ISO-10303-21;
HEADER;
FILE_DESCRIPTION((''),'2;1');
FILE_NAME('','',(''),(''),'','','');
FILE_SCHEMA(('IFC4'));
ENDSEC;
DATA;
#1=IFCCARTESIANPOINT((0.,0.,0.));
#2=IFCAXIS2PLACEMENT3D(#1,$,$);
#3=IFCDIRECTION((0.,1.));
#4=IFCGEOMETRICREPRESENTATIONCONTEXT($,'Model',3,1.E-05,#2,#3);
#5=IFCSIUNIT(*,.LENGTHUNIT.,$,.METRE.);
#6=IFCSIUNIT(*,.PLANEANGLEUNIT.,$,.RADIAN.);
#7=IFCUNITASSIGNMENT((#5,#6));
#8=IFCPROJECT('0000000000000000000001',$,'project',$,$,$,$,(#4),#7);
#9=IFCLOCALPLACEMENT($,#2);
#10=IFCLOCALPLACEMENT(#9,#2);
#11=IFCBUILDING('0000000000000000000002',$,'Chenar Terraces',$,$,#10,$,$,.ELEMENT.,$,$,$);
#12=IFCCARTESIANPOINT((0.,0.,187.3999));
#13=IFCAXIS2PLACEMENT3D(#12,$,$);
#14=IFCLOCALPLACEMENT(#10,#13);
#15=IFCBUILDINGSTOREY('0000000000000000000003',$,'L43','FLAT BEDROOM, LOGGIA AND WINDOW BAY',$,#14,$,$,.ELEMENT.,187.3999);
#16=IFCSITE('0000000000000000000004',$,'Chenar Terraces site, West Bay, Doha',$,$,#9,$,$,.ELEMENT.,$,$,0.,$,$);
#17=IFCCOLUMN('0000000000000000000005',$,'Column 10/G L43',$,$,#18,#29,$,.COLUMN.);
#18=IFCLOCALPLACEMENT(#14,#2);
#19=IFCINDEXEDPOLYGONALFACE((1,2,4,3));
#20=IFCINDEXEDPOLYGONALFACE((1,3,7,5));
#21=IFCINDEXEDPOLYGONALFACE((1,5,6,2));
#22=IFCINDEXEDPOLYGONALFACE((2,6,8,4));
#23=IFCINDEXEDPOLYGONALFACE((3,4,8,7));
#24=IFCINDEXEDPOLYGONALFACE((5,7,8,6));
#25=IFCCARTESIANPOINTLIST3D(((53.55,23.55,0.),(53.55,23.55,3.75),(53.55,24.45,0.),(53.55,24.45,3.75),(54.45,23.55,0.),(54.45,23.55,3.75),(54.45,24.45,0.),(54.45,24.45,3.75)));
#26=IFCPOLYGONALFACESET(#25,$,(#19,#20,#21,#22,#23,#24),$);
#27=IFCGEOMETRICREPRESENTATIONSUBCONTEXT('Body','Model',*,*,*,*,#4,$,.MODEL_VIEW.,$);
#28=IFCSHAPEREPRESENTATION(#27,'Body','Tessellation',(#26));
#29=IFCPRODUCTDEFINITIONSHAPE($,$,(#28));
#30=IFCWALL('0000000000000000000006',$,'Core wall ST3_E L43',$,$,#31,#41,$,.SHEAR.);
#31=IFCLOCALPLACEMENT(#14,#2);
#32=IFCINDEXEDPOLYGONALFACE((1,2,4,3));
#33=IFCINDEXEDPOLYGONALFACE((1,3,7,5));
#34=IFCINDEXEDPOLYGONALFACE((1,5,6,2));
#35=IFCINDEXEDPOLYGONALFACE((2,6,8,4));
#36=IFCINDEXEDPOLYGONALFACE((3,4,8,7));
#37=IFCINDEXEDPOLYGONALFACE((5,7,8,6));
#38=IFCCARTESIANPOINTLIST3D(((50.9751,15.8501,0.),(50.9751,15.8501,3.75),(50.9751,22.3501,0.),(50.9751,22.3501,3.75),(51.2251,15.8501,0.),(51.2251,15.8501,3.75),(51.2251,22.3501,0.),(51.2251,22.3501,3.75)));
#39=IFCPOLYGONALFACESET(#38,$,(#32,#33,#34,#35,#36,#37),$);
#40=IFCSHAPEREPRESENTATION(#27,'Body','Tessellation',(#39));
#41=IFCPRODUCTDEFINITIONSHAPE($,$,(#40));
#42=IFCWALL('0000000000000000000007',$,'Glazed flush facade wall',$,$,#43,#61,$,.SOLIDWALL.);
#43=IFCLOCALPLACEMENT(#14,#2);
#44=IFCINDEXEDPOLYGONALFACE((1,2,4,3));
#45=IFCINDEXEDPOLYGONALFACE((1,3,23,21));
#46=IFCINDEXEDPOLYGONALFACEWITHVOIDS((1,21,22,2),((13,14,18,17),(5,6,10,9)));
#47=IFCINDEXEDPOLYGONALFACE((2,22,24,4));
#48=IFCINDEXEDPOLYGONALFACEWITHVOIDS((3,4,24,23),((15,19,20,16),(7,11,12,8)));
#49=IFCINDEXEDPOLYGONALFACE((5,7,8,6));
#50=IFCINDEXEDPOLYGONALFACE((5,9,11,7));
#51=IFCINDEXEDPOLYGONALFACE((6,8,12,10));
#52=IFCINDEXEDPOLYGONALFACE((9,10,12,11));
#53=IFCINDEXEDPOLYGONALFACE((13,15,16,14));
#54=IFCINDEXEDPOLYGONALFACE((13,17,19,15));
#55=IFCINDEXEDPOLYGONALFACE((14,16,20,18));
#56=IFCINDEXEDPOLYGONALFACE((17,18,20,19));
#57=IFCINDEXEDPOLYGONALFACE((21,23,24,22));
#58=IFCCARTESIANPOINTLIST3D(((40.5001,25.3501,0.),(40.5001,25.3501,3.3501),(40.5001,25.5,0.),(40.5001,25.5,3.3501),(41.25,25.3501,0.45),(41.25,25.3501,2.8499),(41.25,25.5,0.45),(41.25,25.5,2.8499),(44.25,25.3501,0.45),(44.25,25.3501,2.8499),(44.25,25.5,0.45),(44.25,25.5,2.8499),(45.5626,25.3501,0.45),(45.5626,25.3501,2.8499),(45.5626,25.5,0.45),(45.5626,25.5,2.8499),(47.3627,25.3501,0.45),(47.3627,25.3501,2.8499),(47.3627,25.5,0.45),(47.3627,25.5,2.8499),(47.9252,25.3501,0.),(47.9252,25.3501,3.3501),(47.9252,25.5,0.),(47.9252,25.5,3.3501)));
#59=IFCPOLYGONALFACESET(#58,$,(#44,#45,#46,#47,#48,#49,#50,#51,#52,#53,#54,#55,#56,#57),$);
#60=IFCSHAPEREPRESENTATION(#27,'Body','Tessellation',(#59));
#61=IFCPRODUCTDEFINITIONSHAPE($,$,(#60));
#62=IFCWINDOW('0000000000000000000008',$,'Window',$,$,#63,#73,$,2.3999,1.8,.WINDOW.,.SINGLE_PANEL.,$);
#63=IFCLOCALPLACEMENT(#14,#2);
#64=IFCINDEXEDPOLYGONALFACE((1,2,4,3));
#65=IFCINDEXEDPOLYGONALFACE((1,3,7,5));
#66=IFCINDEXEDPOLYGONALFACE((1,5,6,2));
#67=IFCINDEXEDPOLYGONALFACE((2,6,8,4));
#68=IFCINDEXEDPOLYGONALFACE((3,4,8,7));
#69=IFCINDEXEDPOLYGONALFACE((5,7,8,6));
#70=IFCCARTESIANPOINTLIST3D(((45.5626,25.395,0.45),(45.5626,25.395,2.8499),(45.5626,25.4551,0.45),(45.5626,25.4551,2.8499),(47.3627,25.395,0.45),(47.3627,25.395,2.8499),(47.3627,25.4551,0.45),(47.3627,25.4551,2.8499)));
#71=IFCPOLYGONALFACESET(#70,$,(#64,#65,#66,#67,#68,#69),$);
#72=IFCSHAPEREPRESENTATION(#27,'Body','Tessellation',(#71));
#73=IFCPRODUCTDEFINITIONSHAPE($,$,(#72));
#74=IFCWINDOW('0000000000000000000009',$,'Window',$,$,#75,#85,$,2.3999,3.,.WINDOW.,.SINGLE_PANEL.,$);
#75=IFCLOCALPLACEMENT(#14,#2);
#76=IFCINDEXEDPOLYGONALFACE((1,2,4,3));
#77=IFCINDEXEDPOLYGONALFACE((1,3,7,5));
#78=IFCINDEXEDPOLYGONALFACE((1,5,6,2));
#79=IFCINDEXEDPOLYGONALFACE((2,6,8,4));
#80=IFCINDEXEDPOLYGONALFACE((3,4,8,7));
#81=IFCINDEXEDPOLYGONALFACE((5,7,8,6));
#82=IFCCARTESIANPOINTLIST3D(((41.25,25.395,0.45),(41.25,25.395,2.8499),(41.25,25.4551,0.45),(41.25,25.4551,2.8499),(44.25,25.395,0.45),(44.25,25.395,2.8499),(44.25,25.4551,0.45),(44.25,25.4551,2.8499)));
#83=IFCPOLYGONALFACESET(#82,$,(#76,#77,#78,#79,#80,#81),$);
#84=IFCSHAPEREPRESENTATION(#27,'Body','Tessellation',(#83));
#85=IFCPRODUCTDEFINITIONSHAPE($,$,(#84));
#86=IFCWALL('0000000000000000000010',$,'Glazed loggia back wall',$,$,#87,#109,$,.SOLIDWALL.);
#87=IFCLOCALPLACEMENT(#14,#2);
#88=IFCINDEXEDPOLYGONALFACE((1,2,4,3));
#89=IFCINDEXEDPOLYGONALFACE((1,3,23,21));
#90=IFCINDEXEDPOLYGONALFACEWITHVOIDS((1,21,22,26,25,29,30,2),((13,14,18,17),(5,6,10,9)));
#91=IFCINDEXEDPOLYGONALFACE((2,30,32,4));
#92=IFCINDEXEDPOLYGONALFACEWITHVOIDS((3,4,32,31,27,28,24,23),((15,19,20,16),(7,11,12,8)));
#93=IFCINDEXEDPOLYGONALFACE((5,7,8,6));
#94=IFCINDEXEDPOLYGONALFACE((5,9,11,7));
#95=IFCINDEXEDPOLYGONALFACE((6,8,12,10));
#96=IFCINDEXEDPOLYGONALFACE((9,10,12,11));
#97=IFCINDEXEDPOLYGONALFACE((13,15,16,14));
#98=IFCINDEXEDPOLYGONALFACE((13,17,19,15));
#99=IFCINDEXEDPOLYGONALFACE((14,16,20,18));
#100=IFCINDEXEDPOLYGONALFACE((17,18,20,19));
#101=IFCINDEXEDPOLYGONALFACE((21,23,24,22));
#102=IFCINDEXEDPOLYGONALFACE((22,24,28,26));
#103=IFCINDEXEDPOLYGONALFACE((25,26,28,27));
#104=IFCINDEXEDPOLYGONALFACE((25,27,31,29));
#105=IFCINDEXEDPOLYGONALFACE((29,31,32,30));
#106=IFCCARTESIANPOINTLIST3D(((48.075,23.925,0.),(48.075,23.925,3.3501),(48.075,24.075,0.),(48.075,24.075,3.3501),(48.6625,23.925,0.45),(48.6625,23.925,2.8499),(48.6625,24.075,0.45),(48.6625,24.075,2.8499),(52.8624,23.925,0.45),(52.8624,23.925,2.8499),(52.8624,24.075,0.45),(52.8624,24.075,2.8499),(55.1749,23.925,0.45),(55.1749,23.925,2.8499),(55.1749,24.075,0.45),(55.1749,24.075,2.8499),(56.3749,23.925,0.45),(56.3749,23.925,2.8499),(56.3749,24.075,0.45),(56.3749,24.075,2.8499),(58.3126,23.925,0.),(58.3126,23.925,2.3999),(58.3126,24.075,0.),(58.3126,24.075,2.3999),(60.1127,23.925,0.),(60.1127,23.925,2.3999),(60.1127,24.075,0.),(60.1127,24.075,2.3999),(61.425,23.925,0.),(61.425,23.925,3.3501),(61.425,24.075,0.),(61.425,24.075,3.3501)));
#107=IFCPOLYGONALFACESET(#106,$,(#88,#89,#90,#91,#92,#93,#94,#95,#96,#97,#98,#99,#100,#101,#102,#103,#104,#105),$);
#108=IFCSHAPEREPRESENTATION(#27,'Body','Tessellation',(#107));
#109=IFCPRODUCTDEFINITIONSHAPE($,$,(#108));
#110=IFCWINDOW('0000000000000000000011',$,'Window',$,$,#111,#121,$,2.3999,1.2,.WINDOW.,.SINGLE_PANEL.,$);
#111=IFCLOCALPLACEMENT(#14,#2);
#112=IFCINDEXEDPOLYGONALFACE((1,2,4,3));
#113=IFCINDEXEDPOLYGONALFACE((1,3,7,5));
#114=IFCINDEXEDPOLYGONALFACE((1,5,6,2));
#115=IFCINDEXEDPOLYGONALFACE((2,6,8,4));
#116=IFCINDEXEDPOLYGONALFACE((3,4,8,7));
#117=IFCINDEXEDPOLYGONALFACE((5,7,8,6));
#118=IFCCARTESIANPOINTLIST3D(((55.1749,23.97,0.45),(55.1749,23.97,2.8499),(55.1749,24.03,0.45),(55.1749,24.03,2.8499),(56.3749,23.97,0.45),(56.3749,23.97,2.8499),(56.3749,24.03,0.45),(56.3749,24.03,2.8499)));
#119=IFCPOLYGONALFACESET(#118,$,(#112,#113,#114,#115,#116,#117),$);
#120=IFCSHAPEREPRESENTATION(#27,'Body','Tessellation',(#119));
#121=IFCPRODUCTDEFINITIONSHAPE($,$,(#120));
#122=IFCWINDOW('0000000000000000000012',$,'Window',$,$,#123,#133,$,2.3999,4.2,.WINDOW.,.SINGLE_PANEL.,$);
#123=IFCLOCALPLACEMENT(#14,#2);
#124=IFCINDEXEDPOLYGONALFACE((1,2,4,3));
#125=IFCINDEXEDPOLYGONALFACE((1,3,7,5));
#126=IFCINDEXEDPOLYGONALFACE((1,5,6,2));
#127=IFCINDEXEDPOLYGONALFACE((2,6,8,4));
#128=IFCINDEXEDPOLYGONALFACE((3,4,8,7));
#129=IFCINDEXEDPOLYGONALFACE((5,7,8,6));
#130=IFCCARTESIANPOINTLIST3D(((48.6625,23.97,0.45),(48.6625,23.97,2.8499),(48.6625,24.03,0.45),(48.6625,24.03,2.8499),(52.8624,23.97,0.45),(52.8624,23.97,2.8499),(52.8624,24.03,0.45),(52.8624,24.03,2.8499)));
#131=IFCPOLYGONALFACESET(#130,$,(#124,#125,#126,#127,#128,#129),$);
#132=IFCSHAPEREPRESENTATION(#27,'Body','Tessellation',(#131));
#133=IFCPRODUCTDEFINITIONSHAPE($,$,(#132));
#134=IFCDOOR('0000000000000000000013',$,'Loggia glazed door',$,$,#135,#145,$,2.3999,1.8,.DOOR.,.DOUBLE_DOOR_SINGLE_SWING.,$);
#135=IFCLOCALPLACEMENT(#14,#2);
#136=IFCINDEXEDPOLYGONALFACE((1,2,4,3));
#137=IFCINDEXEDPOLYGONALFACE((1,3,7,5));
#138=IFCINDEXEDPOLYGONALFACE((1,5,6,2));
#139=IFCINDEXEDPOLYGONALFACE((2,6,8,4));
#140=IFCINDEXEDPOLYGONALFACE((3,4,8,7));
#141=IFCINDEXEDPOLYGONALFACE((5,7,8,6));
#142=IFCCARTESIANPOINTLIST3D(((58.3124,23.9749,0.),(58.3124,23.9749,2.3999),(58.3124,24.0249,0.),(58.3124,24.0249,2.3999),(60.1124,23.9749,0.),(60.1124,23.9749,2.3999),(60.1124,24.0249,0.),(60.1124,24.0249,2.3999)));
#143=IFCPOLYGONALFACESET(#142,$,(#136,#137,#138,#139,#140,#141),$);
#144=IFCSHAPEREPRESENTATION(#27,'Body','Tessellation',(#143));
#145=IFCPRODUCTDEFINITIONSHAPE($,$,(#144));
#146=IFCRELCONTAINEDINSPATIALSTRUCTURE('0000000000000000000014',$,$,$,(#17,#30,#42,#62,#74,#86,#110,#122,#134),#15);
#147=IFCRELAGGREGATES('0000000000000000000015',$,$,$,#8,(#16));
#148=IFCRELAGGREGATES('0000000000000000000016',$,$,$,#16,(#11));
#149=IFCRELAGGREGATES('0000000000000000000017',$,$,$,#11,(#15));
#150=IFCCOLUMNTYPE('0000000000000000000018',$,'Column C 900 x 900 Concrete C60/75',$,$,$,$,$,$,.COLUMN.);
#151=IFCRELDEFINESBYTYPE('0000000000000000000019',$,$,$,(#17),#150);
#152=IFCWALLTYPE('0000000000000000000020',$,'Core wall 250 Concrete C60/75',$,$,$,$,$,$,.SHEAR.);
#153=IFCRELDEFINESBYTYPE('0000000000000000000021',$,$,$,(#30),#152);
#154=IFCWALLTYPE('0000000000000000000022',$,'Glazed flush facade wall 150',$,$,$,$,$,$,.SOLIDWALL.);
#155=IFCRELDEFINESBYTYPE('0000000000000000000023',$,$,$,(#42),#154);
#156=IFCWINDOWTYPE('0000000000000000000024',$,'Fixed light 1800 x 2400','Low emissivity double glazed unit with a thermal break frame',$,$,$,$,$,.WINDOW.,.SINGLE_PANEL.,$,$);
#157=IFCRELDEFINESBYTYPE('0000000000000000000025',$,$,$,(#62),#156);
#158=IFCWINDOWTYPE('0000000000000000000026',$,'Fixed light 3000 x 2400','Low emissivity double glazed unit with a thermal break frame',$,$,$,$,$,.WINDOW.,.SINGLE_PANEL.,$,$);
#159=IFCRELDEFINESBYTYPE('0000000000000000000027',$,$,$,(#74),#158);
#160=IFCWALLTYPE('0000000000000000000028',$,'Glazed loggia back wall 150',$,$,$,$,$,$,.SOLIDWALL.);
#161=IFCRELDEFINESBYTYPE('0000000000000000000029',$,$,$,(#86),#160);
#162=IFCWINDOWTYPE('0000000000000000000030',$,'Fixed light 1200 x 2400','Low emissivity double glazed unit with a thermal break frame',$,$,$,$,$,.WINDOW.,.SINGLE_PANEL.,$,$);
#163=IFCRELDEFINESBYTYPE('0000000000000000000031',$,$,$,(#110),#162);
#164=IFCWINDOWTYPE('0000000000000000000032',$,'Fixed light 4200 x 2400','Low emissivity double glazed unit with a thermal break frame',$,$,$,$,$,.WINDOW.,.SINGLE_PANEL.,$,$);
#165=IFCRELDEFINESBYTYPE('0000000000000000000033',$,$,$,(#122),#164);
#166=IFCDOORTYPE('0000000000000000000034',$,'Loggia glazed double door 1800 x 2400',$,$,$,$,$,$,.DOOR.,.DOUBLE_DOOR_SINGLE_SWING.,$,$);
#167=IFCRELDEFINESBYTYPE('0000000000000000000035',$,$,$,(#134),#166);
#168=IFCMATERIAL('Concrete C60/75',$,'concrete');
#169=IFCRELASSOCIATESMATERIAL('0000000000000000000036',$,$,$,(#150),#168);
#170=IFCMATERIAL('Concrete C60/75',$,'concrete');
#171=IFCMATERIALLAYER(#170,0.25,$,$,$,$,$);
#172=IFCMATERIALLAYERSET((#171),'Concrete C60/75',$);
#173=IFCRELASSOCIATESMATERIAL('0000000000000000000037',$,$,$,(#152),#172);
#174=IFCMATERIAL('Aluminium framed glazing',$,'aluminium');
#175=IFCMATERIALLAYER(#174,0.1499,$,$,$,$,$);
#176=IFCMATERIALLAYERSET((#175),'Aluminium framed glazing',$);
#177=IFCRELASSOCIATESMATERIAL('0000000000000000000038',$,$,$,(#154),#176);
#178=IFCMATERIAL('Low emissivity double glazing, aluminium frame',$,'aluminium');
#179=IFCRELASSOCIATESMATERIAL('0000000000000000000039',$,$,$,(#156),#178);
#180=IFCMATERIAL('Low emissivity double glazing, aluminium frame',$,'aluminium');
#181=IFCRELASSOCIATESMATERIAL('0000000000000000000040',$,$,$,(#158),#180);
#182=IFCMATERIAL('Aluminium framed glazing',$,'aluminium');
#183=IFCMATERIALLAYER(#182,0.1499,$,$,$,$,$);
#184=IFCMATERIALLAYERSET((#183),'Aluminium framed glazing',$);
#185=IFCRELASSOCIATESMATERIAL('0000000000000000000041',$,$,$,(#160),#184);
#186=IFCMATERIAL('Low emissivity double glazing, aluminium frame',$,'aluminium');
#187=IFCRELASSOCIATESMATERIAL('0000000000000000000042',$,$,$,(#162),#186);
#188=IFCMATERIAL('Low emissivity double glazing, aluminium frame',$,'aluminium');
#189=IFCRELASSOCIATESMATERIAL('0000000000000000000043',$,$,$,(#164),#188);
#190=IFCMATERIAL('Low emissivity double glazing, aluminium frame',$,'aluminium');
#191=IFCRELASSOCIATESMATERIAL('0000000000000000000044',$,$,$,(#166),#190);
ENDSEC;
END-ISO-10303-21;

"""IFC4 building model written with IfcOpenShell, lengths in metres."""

from ifc_helpers import new_model, si_unit, direction, frame, frame_2d, origin, origin_2d, place, context, subcontext, project, spatial, rectangle, extrude, material, layer, layer_set, material_profile, profile_set, type_object, element, fill, save


model = new_model("IFC4")

# Units and contexts
model_context = context("Model", 3, precision=1e-05, world=origin(), true_north=direction((0.0, 1.0)))
body_context = subcontext(model_context, "Body", "Model", "MODEL_VIEW")
ifc_project = project(units=[si_unit("LENGTHUNIT", "METRE"), si_unit("PLANEANGLEUNIT", "RADIAN")], contexts=[model_context])

# Site, building, storey
site_placement = place(None, origin())
site = spatial("IfcSite", under=ifc_project, at=site_placement, Name="Chenar Terraces site, West Bay, Doha", CompositionType="ELEMENT", RefElevation=0.0)
building_placement = place(site_placement, origin())
building = spatial("IfcBuilding", under=site, at=building_placement, Name="Chenar Terraces", CompositionType="ELEMENT")
storey_placement = place(building_placement, frame((0.0, 0.0, 187.3999)))
storey = spatial("IfcBuildingStorey", under=building, at=storey_placement, Name="L43", Description="FLAT BEDROOM, LOGGIA AND WINDOW BAY", CompositionType="ELEMENT", Elevation=187.3999)

# Column
ifc_material_1 = material(Name="Concrete C60/75", Category="concrete")
ifc_material_profile_1 = material_profile(ifc_material_1, rectangle(XDim=0.8999, YDim=0.8999, at=origin_2d()), Name="C 900 x 900")
ifc_profile_set_1 = profile_set([ifc_material_profile_1], Name="Concrete C60/75")
column_type = type_object("IfcColumnType", Name="Column C 900 x 900 Concrete C60/75", PredefinedType="COLUMN", material=ifc_profile_set_1)
column_placement = place(storey_placement, frame((54.0, 24.0, 0.0), z_axis=(0.0, 0.0, 1.0), x_axis=(1.0, 0.0, 0.0)))
element("IfcColumn", 1, at=column_placement, inside=storey, type_object=column_type, Name="Column 10/G L43", PredefinedType="COLUMN", context=body_context, shape_type="SweptSolid", body=[
    extrude(rectangle(XDim=0.8999, YDim=0.8999, at=origin_2d()), origin(), (0.0, 0.0, 1.0), 3.75),
])

# Wall
ifc_material_2 = material(Name="Concrete C60/75", Category="concrete")
ifc_layer_1 = layer(ifc_material_2, 0.25)
ifc_layer_set_1 = layer_set([ifc_layer_1], Name="Concrete C60/75")
wall_type_1 = type_object("IfcWallType", Name="Core wall 250 Concrete C60/75", PredefinedType="SHEAR", material=ifc_layer_set_1)
wall_1_placement = place(storey_placement, frame((51.1001, 15.8501, 0.0), z_axis=(0.0, 0.0, 1.0), x_axis=(0.0, 1.0, 0.0)))
element("IfcWall", 2, at=wall_1_placement, inside=storey, type_object=wall_type_1, Name="Core wall ST3_E L43", PredefinedType="SHEAR", context=body_context, shape_type="SweptSolid", body=[
    extrude(rectangle(XDim=6.5, YDim=0.25, at=frame_2d((3.25, 0.0))), origin(), (0.0, 0.0, 1.0), 3.75),
])

# Wall, openings, windows
ifc_material_3 = material(Name="Aluminium framed glazing", Category="aluminium")
ifc_layer_2 = layer(ifc_material_3, 0.1499)
ifc_layer_set_2 = layer_set([ifc_layer_2], Name="Aluminium framed glazing")
wall_type_2 = type_object("IfcWallType", Name="Glazed flush facade wall 150", PredefinedType="SOLIDWALL", material=ifc_layer_set_2)
wall_2_placement = place(storey_placement, frame((47.925, 25.425, 0.0), z_axis=(0.0, 0.0, 1.0), x_axis=(-1.0, 0.0, 0.0)))
wall_2 = element("IfcWall", 3, at=wall_2_placement, inside=storey, type_object=wall_type_2, Name="Glazed flush facade wall", PredefinedType="SOLIDWALL", context=body_context, shape_type="SweptSolid", body=[
    extrude(rectangle(XDim=7.425, YDim=0.1499, at=frame_2d((3.7124, 0.0))), origin(), (0.0, 0.0, 1.0), 3.3501),
])
opening_1_placement = place(wall_2_placement, frame((0.5625, 0.0, 0.45)))
opening_1 = element("IfcOpeningElement", 4, at=opening_1_placement, cuts=wall_2, PredefinedType="OPENING", context=body_context, shape_type="SweptSolid", body=[
    extrude(rectangle(XDim=1.8, YDim=2.3999, at=frame_2d((0.8999, 1.2))), frame((0.0, 0.085, 0.0), z_axis=(0.0, -1.0, 0.0), x_axis=(1.0, 0.0, 0.0)), (0.0, 0.0, 1.0), 0.1699),
])
opening_2_placement = place(wall_2_placement, frame((3.675, 0.0, 0.45)))
opening_2 = element("IfcOpeningElement", 5, at=opening_2_placement, cuts=wall_2, PredefinedType="OPENING", context=body_context, shape_type="SweptSolid", body=[
    extrude(rectangle(XDim=3.0, YDim=2.3999, at=frame_2d((1.5, 1.2))), frame((0.0, 0.085, 0.0), z_axis=(0.0, -1.0, 0.0), x_axis=(1.0, 0.0, 0.0)), (0.0, 0.0, 1.0), 0.1699),
])
ifc_material_4 = material(Name="Low emissivity double glazing, aluminium frame", Category="aluminium")
window_type_1 = type_object("IfcWindowType", Name="Fixed light 1800 x 2400", Description="Low emissivity double glazed unit with a thermal break frame", PartitioningType="SINGLE_PANEL", PredefinedType="WINDOW", material=ifc_material_4)
window_1_placement = place(opening_1_placement, origin())
window_1 = element("IfcWindow", 6, at=window_1_placement, inside=storey, type_object=window_type_1, Name="Window", OverallHeight=2.3999, OverallWidth=1.8, PartitioningType="SINGLE_PANEL", PredefinedType="WINDOW", context=body_context, shape_type="SweptSolid", body=[
    extrude(rectangle(XDim=1.8, YDim=2.3999, at=frame_2d((0.8999, 1.2))), frame((0.0, 0.03, 0.0), z_axis=(0.0, -1.0, 0.0), x_axis=(1.0, 0.0, 0.0)), (0.0, 0.0, 1.0), 0.0601),
])
fill(opening_1, window_1)
ifc_material_5 = material(Name="Low emissivity double glazing, aluminium frame", Category="aluminium")
window_type_2 = type_object("IfcWindowType", Name="Fixed light 3000 x 2400", Description="Low emissivity double glazed unit with a thermal break frame", PartitioningType="SINGLE_PANEL", PredefinedType="WINDOW", material=ifc_material_5)
window_2_placement = place(opening_2_placement, origin())
window_2 = element("IfcWindow", 7, at=window_2_placement, inside=storey, type_object=window_type_2, Name="Window", OverallHeight=2.3999, OverallWidth=3.0, PartitioningType="SINGLE_PANEL", PredefinedType="WINDOW", context=body_context, shape_type="SweptSolid", body=[
    extrude(rectangle(XDim=3.0, YDim=2.3999, at=frame_2d((1.5, 1.2))), frame((0.0, 0.03, 0.0), z_axis=(0.0, -1.0, 0.0), x_axis=(1.0, 0.0, 0.0)), (0.0, 0.0, 1.0), 0.0601),
])
fill(opening_2, window_2)

# Wall, openings, windows, door
ifc_material_6 = material(Name="Aluminium framed glazing", Category="aluminium")
ifc_layer_3 = layer(ifc_material_6, 0.1499)
ifc_layer_set_3 = layer_set([ifc_layer_3], Name="Aluminium framed glazing")
wall_type_3 = type_object("IfcWallType", Name="Glazed loggia back wall 150", PredefinedType="SOLIDWALL", material=ifc_layer_set_3)
wall_3_placement = place(storey_placement, frame((61.425, 24.0, 0.0), z_axis=(0.0, 0.0, 1.0), x_axis=(-1.0, 0.0, 0.0)))
wall_3 = element("IfcWall", 8, at=wall_3_placement, inside=storey, type_object=wall_type_3, Name="Glazed loggia back wall", PredefinedType="SOLIDWALL", context=body_context, shape_type="SweptSolid", body=[
    extrude(rectangle(XDim=13.3501, YDim=0.1499, at=frame_2d((6.675, 0.0))), origin(), (0.0, 0.0, 1.0), 3.3501),
])
opening_3_placement = place(wall_3_placement, frame((1.3125, 0.0, 0.0)))
opening_3 = element("IfcOpeningElement", 9, at=opening_3_placement, cuts=wall_3, PredefinedType="OPENING", context=body_context, shape_type="SweptSolid", body=[
    extrude(rectangle(XDim=1.8, YDim=2.3999, at=frame_2d((0.8999, 1.2))), frame((0.0, 0.085, 0.0), z_axis=(0.0, -1.0, 0.0), x_axis=(1.0, 0.0, 0.0)), (0.0, 0.0, 1.0), 0.1699),
])
opening_4_placement = place(wall_3_placement, frame((5.05, 0.0, 0.45)))
opening_4 = element("IfcOpeningElement", 10, at=opening_4_placement, cuts=wall_3, PredefinedType="OPENING", context=body_context, shape_type="SweptSolid", body=[
    extrude(rectangle(XDim=1.2, YDim=2.3999, at=frame_2d((0.6001, 1.2))), frame((0.0, 0.085, 0.0), z_axis=(0.0, -1.0, 0.0), x_axis=(1.0, 0.0, 0.0)), (0.0, 0.0, 1.0), 0.1699),
])
opening_5_placement = place(wall_3_placement, frame((8.5625, 0.0, 0.45)))
opening_5 = element("IfcOpeningElement", 11, at=opening_5_placement, cuts=wall_3, PredefinedType="OPENING", context=body_context, shape_type="SweptSolid", body=[
    extrude(rectangle(XDim=4.2, YDim=2.3999, at=frame_2d((2.1001, 1.2))), frame((0.0, 0.085, 0.0), z_axis=(0.0, -1.0, 0.0), x_axis=(1.0, 0.0, 0.0)), (0.0, 0.0, 1.0), 0.1699),
])
ifc_material_7 = material(Name="Low emissivity double glazing, aluminium frame", Category="aluminium")
window_type_3 = type_object("IfcWindowType", Name="Fixed light 1200 x 2400", Description="Low emissivity double glazed unit with a thermal break frame", PartitioningType="SINGLE_PANEL", PredefinedType="WINDOW", material=ifc_material_7)
window_3_placement = place(opening_4_placement, origin())
window_3 = element("IfcWindow", 12, at=window_3_placement, inside=storey, type_object=window_type_3, Name="Window", OverallHeight=2.3999, OverallWidth=1.2, PartitioningType="SINGLE_PANEL", PredefinedType="WINDOW", context=body_context, shape_type="SweptSolid", body=[
    extrude(rectangle(XDim=1.2, YDim=2.3999, at=frame_2d((0.6001, 1.2))), frame((0.0, 0.03, 0.0), z_axis=(0.0, -1.0, 0.0), x_axis=(1.0, 0.0, 0.0)), (0.0, 0.0, 1.0), 0.0601),
])
fill(opening_4, window_3)
ifc_material_8 = material(Name="Low emissivity double glazing, aluminium frame", Category="aluminium")
window_type_4 = type_object("IfcWindowType", Name="Fixed light 4200 x 2400", Description="Low emissivity double glazed unit with a thermal break frame", PartitioningType="SINGLE_PANEL", PredefinedType="WINDOW", material=ifc_material_8)
window_4_placement = place(opening_5_placement, origin())
window_4 = element("IfcWindow", 13, at=window_4_placement, inside=storey, type_object=window_type_4, Name="Window", OverallHeight=2.3999, OverallWidth=4.2, PartitioningType="SINGLE_PANEL", PredefinedType="WINDOW", context=body_context, shape_type="SweptSolid", body=[
    extrude(rectangle(XDim=4.2, YDim=2.3999, at=frame_2d((2.1001, 1.2))), frame((0.0, 0.03, 0.0), z_axis=(0.0, -1.0, 0.0), x_axis=(1.0, 0.0, 0.0)), (0.0, 0.0, 1.0), 0.0601),
])
fill(opening_5, window_4)
ifc_material_9 = material(Name="Low emissivity double glazing, aluminium frame", Category="aluminium")
door_type_1 = type_object("IfcDoorType", Name="Loggia glazed double door 1800 x 2400", OperationType="DOUBLE_DOOR_SINGLE_SWING", PredefinedType="DOOR", material=ifc_material_9)
door_1_placement = place(opening_3_placement, frame((1.8, 0.0, 0.0), z_axis=(0.0, 0.0, 1.0), x_axis=(-1.0, 0.0, 0.0)))
door_1 = element("IfcDoor", 14, at=door_1_placement, inside=storey, type_object=door_type_1, Name="Loggia glazed door", OperationType="DOUBLE_DOOR_SINGLE_SWING", OverallHeight=2.3999, OverallWidth=1.8, PredefinedType="DOOR", context=body_context, shape_type="SweptSolid", body=[
    extrude(rectangle(XDim=1.8, YDim=2.3999, at=frame_2d((0.8999, 1.2))), frame((0.0, 0.0249, 0.0), z_axis=(0.0, -1.0, 0.0), x_axis=(1.0, 0.0, 0.0)), (0.0, 0.0, 1.0), 0.05),
])
fill(opening_3, door_1)

save(model, "model.ifc")
